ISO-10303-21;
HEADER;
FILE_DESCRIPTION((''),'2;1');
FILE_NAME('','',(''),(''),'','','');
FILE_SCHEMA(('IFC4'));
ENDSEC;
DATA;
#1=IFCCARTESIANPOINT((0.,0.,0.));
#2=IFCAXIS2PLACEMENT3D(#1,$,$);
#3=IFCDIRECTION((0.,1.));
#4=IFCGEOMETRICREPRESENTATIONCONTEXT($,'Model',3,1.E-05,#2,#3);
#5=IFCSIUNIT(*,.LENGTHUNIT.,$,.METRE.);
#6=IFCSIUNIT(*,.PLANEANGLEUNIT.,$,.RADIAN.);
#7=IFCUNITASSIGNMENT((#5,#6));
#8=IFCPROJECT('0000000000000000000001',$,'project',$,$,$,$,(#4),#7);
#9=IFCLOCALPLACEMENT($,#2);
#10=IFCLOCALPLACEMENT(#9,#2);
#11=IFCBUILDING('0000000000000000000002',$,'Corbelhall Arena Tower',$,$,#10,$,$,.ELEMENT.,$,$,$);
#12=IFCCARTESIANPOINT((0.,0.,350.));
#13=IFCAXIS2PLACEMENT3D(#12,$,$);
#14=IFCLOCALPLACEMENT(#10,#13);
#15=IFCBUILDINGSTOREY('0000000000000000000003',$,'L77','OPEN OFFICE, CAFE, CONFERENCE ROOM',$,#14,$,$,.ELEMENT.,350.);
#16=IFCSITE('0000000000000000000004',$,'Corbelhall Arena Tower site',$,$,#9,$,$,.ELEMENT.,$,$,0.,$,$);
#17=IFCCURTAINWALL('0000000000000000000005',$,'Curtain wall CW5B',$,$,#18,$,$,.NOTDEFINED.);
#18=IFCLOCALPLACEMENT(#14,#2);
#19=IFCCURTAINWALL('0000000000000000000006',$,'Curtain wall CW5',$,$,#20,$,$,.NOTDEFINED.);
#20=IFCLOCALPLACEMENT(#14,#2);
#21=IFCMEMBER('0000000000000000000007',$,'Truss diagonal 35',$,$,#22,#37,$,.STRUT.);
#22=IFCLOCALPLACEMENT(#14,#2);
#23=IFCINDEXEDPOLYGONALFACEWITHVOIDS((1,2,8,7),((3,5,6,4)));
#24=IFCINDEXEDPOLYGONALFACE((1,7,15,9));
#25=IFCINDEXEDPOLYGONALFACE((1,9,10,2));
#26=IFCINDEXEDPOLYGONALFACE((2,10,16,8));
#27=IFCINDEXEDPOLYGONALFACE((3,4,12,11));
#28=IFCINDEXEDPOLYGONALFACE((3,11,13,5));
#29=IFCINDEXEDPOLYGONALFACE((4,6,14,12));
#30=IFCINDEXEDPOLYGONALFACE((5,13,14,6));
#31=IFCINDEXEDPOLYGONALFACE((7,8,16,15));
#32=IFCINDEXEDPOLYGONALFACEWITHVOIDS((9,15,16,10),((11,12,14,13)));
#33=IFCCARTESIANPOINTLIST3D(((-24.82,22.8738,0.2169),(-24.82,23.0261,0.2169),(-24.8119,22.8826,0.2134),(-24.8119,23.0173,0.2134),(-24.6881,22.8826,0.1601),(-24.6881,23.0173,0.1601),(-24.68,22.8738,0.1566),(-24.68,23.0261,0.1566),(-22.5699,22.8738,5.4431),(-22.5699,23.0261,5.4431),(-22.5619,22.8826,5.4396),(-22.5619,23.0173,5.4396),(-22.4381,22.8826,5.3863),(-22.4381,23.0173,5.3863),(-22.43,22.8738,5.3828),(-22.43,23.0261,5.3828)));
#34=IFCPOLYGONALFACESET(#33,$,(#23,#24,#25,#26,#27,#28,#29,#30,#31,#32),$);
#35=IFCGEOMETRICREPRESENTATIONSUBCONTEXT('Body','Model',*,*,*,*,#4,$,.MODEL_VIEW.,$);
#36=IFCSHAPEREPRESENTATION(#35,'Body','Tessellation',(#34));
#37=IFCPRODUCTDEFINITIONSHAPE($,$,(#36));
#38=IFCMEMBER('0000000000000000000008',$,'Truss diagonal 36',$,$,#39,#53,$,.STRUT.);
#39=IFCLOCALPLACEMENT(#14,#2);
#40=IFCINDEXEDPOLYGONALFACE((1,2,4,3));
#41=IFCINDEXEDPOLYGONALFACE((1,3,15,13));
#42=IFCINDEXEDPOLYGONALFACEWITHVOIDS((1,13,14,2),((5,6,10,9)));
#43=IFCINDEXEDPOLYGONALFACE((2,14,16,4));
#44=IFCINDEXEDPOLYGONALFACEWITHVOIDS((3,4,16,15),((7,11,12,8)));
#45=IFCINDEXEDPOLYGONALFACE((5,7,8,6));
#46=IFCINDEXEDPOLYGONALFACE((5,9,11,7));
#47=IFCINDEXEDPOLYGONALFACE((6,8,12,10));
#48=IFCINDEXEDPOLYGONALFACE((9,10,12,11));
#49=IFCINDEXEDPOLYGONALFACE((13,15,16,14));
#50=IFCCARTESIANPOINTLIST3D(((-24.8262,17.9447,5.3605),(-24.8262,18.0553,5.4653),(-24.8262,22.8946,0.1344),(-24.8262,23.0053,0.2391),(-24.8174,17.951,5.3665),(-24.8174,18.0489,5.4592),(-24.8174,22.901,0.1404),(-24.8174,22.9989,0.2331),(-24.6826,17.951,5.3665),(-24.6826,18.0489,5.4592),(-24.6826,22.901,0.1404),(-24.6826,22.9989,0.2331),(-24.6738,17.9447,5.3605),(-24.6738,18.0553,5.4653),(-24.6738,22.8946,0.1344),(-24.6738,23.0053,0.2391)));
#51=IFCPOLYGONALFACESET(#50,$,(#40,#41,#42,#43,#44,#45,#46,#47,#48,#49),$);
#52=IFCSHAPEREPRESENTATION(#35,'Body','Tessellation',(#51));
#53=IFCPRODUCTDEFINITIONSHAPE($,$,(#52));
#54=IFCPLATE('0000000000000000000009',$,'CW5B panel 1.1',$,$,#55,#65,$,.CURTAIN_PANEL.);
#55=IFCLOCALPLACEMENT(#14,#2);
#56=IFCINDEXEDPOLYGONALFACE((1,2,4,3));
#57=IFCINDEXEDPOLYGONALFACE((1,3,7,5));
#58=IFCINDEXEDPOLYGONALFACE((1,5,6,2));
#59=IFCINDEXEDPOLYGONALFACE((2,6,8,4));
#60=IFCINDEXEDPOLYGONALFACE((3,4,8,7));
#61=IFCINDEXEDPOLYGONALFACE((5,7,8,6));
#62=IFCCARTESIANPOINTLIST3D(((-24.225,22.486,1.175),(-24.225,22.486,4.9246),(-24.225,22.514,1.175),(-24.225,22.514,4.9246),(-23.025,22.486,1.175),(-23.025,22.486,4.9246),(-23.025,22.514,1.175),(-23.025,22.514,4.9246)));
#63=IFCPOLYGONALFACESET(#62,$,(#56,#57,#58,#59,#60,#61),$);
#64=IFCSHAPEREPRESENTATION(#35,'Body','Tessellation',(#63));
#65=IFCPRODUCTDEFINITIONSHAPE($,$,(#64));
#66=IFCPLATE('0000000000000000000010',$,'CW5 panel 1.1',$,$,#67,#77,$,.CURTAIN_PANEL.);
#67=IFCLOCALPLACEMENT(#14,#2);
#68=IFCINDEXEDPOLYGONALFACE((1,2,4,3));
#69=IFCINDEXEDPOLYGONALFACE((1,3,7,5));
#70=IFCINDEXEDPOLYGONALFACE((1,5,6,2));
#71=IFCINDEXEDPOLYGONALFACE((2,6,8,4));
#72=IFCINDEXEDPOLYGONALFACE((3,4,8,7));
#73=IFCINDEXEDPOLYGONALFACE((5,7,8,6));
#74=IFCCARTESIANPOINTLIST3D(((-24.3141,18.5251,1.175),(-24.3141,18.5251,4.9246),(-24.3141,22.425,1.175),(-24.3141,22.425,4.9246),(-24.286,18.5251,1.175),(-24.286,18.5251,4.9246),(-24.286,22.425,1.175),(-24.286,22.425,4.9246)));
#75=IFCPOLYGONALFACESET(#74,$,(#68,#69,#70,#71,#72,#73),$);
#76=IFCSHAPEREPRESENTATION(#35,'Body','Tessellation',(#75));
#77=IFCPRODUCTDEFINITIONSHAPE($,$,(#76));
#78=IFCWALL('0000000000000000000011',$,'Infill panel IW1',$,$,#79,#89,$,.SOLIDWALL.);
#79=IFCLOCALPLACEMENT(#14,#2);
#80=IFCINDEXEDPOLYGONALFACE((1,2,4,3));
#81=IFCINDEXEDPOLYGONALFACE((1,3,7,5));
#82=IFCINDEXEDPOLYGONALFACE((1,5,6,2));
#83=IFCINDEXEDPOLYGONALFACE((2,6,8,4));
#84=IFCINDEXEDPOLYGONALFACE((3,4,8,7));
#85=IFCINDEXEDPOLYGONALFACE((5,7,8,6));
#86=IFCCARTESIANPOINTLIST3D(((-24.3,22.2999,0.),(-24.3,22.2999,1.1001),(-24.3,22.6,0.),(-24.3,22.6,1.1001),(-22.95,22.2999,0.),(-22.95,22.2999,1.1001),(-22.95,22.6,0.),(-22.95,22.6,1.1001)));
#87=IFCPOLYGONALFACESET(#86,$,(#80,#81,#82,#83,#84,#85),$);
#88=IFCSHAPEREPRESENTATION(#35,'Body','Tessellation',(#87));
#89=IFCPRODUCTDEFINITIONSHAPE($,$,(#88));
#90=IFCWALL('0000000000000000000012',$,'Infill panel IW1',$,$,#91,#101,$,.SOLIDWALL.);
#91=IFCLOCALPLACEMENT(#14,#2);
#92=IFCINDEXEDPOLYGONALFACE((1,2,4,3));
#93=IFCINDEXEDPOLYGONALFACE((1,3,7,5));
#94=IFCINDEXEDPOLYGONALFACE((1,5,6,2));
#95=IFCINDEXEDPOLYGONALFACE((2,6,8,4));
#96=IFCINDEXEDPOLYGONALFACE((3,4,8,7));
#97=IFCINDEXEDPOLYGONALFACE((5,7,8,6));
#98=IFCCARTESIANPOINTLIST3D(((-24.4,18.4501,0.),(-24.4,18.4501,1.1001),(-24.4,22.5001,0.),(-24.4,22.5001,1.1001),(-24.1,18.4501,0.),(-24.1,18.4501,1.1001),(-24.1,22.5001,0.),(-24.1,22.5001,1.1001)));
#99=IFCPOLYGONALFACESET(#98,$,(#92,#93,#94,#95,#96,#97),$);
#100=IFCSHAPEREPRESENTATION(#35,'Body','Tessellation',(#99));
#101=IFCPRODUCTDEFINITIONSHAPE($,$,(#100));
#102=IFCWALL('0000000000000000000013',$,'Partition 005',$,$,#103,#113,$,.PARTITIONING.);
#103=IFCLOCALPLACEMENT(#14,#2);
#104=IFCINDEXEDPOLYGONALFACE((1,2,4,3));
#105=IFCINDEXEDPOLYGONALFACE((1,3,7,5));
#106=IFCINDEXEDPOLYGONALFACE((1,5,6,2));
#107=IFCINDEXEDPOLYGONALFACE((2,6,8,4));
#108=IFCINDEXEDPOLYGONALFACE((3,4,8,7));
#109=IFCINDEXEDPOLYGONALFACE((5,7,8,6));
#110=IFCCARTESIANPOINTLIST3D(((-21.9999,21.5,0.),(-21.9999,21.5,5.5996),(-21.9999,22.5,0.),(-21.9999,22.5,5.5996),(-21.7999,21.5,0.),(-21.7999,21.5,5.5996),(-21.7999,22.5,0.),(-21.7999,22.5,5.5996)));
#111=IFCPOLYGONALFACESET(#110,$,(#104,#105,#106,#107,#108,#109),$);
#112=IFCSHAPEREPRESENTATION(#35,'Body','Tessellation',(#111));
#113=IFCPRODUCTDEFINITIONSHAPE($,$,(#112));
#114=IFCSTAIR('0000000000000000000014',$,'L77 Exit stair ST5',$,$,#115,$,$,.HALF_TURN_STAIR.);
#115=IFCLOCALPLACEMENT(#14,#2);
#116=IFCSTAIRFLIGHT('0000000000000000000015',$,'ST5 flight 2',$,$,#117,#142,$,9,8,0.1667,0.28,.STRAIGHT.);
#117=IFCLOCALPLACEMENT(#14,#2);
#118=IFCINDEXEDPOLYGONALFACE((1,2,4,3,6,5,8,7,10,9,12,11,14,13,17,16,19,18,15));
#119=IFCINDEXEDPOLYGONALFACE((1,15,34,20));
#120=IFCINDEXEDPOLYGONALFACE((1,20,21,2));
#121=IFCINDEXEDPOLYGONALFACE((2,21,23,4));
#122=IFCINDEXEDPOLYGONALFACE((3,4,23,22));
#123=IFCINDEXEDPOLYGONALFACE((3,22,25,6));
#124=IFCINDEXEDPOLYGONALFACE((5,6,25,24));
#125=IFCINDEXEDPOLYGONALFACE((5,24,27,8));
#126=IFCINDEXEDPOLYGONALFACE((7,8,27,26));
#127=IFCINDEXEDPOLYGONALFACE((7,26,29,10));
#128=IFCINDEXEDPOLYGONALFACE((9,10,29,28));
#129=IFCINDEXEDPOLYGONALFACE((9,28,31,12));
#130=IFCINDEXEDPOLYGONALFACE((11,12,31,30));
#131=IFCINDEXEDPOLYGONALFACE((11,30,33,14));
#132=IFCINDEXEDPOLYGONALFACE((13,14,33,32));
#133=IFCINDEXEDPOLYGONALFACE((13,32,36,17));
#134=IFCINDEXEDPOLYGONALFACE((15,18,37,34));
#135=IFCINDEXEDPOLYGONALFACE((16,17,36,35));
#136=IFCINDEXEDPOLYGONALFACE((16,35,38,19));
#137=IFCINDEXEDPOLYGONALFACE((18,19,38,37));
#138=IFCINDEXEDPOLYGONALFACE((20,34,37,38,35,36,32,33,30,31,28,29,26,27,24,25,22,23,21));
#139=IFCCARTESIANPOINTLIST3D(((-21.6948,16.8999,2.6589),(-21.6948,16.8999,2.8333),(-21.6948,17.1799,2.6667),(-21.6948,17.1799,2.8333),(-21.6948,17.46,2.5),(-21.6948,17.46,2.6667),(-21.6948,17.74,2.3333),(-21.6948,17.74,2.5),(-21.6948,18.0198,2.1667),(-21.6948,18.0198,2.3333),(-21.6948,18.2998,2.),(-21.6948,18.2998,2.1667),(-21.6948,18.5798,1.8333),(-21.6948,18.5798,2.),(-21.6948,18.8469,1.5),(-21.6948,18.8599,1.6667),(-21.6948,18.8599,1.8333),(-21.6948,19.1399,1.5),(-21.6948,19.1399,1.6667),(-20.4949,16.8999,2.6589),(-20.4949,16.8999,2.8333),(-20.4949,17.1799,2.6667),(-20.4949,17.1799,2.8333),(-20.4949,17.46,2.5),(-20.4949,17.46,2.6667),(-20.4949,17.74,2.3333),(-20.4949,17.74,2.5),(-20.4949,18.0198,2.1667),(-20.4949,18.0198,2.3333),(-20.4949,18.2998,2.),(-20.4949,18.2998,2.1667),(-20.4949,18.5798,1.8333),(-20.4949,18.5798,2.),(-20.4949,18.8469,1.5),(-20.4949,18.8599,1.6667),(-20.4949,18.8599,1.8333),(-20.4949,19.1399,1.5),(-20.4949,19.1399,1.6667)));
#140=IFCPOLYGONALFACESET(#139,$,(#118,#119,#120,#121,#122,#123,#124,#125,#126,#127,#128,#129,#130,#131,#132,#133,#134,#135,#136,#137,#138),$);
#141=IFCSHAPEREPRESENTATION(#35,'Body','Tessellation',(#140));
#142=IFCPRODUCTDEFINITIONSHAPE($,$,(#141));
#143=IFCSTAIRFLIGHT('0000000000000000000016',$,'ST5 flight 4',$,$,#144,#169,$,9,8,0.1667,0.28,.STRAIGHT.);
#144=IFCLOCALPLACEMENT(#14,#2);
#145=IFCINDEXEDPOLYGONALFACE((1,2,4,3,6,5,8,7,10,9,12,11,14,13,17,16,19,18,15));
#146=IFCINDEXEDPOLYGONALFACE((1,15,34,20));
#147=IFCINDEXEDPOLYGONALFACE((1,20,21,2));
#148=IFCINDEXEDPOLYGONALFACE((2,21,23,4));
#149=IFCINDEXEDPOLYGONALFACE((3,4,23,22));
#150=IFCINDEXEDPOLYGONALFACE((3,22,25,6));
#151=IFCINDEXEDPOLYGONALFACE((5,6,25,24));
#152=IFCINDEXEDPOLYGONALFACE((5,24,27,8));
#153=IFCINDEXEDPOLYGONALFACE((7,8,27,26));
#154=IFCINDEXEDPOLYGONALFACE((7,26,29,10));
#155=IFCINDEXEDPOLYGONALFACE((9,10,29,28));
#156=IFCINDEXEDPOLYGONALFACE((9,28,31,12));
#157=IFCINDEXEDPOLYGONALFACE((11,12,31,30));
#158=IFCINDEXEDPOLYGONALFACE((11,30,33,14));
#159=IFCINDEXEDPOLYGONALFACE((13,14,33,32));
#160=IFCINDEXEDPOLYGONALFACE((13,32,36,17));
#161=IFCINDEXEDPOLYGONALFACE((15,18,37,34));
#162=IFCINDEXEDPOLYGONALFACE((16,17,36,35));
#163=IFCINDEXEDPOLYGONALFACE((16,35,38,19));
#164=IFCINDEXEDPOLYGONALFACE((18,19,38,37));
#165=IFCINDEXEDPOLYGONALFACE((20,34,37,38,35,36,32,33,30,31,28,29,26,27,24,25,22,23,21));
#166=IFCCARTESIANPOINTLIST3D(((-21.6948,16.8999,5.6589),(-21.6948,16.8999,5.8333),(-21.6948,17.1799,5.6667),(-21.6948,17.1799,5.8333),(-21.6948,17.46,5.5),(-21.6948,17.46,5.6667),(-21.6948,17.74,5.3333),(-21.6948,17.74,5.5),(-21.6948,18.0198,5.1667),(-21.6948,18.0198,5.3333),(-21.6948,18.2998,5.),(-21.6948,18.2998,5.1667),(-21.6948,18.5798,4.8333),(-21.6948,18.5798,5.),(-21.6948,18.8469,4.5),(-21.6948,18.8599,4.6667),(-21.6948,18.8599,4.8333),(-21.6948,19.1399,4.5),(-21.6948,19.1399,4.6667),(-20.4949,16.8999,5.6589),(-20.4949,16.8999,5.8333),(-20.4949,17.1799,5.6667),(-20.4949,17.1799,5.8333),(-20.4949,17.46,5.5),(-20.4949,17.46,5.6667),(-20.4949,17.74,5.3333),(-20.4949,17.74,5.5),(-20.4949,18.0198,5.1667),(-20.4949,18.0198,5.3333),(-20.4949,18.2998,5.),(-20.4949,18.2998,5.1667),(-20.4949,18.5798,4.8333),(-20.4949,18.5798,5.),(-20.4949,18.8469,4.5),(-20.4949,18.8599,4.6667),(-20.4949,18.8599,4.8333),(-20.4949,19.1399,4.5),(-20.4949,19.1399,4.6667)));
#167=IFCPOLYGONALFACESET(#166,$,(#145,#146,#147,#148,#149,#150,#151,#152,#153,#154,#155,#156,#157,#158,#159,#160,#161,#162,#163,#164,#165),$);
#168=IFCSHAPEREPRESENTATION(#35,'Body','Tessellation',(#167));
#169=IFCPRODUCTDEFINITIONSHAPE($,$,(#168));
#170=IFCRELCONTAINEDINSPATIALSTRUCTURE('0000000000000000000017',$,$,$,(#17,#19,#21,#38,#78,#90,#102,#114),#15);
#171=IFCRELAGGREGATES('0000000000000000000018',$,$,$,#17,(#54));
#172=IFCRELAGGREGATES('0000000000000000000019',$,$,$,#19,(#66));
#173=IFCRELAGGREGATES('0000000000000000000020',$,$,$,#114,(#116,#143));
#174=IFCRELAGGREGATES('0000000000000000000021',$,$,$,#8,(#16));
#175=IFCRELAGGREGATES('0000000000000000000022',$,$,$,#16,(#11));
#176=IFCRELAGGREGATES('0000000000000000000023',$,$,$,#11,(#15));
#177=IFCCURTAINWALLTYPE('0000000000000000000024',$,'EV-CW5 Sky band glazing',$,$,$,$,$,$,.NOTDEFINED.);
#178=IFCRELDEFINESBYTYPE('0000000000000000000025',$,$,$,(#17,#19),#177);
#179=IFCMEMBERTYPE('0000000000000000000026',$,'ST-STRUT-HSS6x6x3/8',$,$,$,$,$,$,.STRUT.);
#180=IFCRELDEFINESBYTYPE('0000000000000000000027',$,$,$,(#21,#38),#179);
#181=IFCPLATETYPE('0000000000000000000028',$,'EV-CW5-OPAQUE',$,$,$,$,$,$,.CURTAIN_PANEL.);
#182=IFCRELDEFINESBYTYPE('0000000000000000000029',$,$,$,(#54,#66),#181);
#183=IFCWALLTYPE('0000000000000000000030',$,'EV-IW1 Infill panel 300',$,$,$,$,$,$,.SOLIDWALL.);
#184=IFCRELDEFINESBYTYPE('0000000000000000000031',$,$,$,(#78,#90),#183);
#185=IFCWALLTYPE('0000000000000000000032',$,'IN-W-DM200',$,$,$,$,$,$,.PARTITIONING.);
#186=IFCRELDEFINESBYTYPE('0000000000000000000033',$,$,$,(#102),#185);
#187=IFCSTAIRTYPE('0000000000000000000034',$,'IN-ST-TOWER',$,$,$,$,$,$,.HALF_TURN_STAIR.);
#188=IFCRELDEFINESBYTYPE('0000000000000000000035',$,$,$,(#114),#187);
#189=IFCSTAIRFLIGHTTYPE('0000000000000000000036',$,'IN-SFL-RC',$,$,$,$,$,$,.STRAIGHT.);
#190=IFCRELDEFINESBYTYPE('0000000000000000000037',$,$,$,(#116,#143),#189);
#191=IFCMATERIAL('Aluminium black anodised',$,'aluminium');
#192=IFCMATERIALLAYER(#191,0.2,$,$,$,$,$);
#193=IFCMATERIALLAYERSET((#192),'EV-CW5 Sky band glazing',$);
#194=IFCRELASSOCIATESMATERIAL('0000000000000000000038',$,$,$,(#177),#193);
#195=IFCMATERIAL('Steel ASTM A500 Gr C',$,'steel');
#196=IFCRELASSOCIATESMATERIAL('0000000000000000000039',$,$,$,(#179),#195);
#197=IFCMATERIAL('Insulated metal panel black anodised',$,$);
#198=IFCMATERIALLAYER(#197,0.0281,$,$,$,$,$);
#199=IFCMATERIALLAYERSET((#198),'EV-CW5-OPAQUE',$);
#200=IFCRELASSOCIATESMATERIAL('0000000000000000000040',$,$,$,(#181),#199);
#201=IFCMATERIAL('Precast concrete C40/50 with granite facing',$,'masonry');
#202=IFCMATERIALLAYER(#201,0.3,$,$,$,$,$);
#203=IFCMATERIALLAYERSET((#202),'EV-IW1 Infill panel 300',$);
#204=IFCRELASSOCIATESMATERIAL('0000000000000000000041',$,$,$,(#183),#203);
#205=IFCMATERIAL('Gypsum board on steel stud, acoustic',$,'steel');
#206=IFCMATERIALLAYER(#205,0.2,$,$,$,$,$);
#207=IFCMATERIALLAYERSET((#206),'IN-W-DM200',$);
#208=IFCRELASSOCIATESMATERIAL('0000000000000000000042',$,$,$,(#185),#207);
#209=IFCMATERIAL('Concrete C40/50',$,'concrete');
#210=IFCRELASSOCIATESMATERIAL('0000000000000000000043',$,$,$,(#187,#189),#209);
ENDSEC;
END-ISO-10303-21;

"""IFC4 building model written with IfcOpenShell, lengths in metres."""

from ifc_helpers import new_model, si_unit, direction, frame, frame_2d, origin, origin_2d, place, context, subcontext, project, spatial, polyline, rectangle, hollow_rectangle, outline, extrude, material, layer, layer_set, material_profile, profile_set, type_object, element, aggregate, save


model = new_model("IFC4")

# Units and contexts
model_context = context("Model", 3, precision=1e-05, world=origin(), true_north=direction((0.0, 1.0)))
body_context = subcontext(model_context, "Body", "Model", "MODEL_VIEW")
ifc_project = project(units=[si_unit("LENGTHUNIT", "METRE"), si_unit("PLANEANGLEUNIT", "RADIAN")], contexts=[model_context])

# Site, building, storey
site_placement = place(None, origin())
site = spatial("IfcSite", under=ifc_project, at=site_placement, Name="Corbelhall Arena Tower site", CompositionType="ELEMENT", RefElevation=0.0)
building_placement = place(site_placement, origin())
building = spatial("IfcBuilding", under=site, at=building_placement, Name="Corbelhall Arena Tower", CompositionType="ELEMENT")
storey_placement = place(building_placement, frame((0.0, 0.0, 350.0)))
storey = spatial("IfcBuildingStorey", under=building, at=storey_placement, Name="L77", Description="OPEN OFFICE, CAFE, CONFERENCE ROOM", CompositionType="ELEMENT", Elevation=350.0)

# Curtain wall
ifc_material_1 = material(Name="Aluminium black anodised", Category="aluminium")
ifc_layer_1 = layer(ifc_material_1, 0.2)
ifc_layer_set_1 = layer_set([ifc_layer_1], Name="EV-CW5 Sky band glazing")
curtain_wall_type = type_object("IfcCurtainWallType", Name="EV-CW5 Sky band glazing", PredefinedType="NOTDEFINED", material=ifc_layer_set_1)
curtain_wall_1_placement = place(storey_placement, origin())
curtain_wall_1 = element("IfcCurtainWall", 1, at=curtain_wall_1_placement, inside=storey, type_object=curtain_wall_type, Name="Curtain wall CW5B", PredefinedType="NOTDEFINED")

# Curtain wall
curtain_wall_2_placement = place(storey_placement, origin())
curtain_wall_2 = element("IfcCurtainWall", 2, at=curtain_wall_2_placement, inside=storey, type_object=curtain_wall_type, Name="Curtain wall CW5", PredefinedType="NOTDEFINED")

# Members
ifc_material_2 = material(Name="Steel ASTM A500 Gr C", Category="steel")
ifc_material_profile_1 = material_profile(ifc_material_2, hollow_rectangle(XDim=0.1523, YDim=0.1523, WallThickness=0.0088, at=origin_2d()))
ifc_profile_set_1 = profile_set([ifc_material_profile_1], Name="Steel ASTM A500 Gr C")
member_type_1 = type_object("IfcMemberType", Name="ST-STRUT-HSS6x6x3/8", PredefinedType="STRUT", material=ifc_profile_set_1)
member_1_placement = place(storey_placement, frame((-24.75, 22.95, 0.1868), z_axis=(0.395441, 0.0, 0.918491), x_axis=(0.0, 1.0, 0.0)))
element("IfcMember", 3, at=member_1_placement, inside=storey, type_object=member_type_1, Name="Truss diagonal 35", PredefinedType="STRUT", context=body_context, shape_type="SweptSolid", body=[
    extrude(hollow_rectangle(XDim=0.1523, YDim=0.1523, WallThickness=0.0088, at=origin_2d()), origin(), (0.0, 0.0, 1.0), 5.6899),
])
member_2_placement = place(storey_placement, frame((-24.75, 22.95, 0.1868), z_axis=(0.0, -0.687667, 0.726027), x_axis=(1.0, 0.0, 0.0)))
element("IfcMember", 4, at=member_2_placement, inside=storey, type_object=member_type_1, Name="Truss diagonal 36", PredefinedType="STRUT", context=body_context, shape_type="SweptSolid", body=[
    extrude(hollow_rectangle(XDim=0.1523, YDim=0.1523, WallThickness=0.0088, at=origin_2d()), origin(), (0.0, 0.0, 1.0), 7.1982),
])

# Plates
ifc_material_3 = material(Name="Insulated metal panel black anodised")
ifc_layer_2 = layer(ifc_material_3, 0.0281)
ifc_layer_set_2 = layer_set([ifc_layer_2], Name="EV-CW5-OPAQUE")
plate_type = type_object("IfcPlateType", Name="EV-CW5-OPAQUE", PredefinedType="CURTAIN_PANEL", material=ifc_layer_set_2)
plate_1_placement = place(storey_placement, frame((-23.625, 22.5, 1.175), z_axis=(0.0, 0.0, 1.0), x_axis=(-1.0, 0.0, 0.0)))
plate_1 = element("IfcPlate", 5, at=plate_1_placement, type_object=plate_type, Name="CW5B panel 1.1", PredefinedType="CURTAIN_PANEL", context=body_context, shape_type="SweptSolid", body=[
    extrude(rectangle(XDim=1.2, YDim=0.0281, at=origin_2d()), origin(), (0.0, 0.0, 1.0), 3.7495),
])
aggregate(curtain_wall_1, [plate_1])
plate_2_placement = place(storey_placement, frame((-24.3, 20.4751, 1.175), z_axis=(0.0, 0.0, 1.0), x_axis=(0.0, -1.0, 0.0)))
plate_2 = element("IfcPlate", 6, at=plate_2_placement, type_object=plate_type, Name="CW5 panel 1.1", PredefinedType="CURTAIN_PANEL", context=body_context, shape_type="SweptSolid", body=[
    extrude(rectangle(XDim=3.8999, YDim=0.0281, at=origin_2d()), origin(), (0.0, 0.0, 1.0), 3.7495),
])
aggregate(curtain_wall_2, [plate_2])

# Walls
ifc_material_4 = material(Name="Precast concrete C40/50 with granite facing", Category="masonry")
ifc_layer_3 = layer(ifc_material_4, 0.3)
ifc_layer_set_3 = layer_set([ifc_layer_3], Name="EV-IW1 Infill panel 300")
wall_type_1 = type_object("IfcWallType", Name="EV-IW1 Infill panel 300", PredefinedType="SOLIDWALL", material=ifc_layer_set_3)
wall_1_placement = place(storey_placement, frame((-22.95, 22.45, 0.0), z_axis=(0.0, 0.0, 1.0), x_axis=(-1.0, 0.0, 0.0)))
element("IfcWall", 7, at=wall_1_placement, inside=storey, type_object=wall_type_1, Name="Infill panel IW1", PredefinedType="SOLIDWALL", context=body_context, shape_type="SweptSolid", body=[
    extrude(rectangle(XDim=1.3501, YDim=0.3, at=frame_2d((0.675, 0.0))), origin(), (0.0, 0.0, 1.0), 1.1001),
])
wall_2_placement = place(storey_placement, frame((-24.25, 22.5, 0.0), z_axis=(0.0, 0.0, 1.0), x_axis=(0.0, -1.0, 0.0)))
element("IfcWall", 8, at=wall_2_placement, inside=storey, type_object=wall_type_1, Name="Infill panel IW1", PredefinedType="SOLIDWALL", context=body_context, shape_type="SweptSolid", body=[
    extrude(rectangle(XDim=4.05, YDim=0.3, at=frame_2d((2.0249, 0.0))), origin(), (0.0, 0.0, 1.0), 1.1001),
])
ifc_material_5 = material(Name="Gypsum board on steel stud, acoustic", Category="steel")
ifc_layer_4 = layer(ifc_material_5, 0.2)
ifc_layer_set_4 = layer_set([ifc_layer_4], Name="IN-W-DM200")
wall_type_2 = type_object("IfcWallType", Name="IN-W-DM200", PredefinedType="PARTITIONING", material=ifc_layer_set_4)
wall_3_placement = place(storey_placement, frame((-21.8999, 21.5, 0.0), z_axis=(0.0, 0.0, 1.0), x_axis=(0.0, 1.0, 0.0)))
element("IfcWall", 9, at=wall_3_placement, inside=storey, type_object=wall_type_2, Name="Partition 005", PredefinedType="PARTITIONING", context=body_context, shape_type="SweptSolid", body=[
    extrude(rectangle(XDim=1.0, YDim=0.2, at=frame_2d((0.5, 0.0))), origin(), (0.0, 0.0, 1.0), 5.5996),
])

# Shared definitions
ifc_material_6 = material(Name="Concrete C40/50", Category="concrete")

# Stair, stair flights
stair_type = type_object("IfcStairType", Name="IN-ST-TOWER", PredefinedType="HALF_TURN_STAIR", material=ifc_material_6)
stair_placement = place(storey_placement, origin())
stair = element("IfcStair", 10, at=stair_placement, inside=storey, type_object=stair_type, Name="L77 Exit stair ST5", PredefinedType="HALF_TURN_STAIR")
stair_flight_type = type_object("IfcStairFlightType", Name="IN-SFL-RC", PredefinedType="STRAIGHT", material=ifc_material_6)
stair_flight_1_placement = place(storey_placement, frame((-21.095, 19.1399, 1.5), z_axis=(0.0, 0.0, 1.0), x_axis=(0.0, -1.0, 0.0)))
stair_flight_1 = element("IfcStairFlight", 11, at=stair_flight_1_placement, type_object=stair_flight_type, Name="ST5 flight 2", NumberOfRisers=9, NumberOfTreads=8, PredefinedType="STRAIGHT", RiserHeight=0.1667, TreadLength=0.28, context=body_context, shape_type="SweptSolid", body=[
    extrude(outline(polyline([(0.0, 0.0), (0.0, 0.1667), (0.28, 0.1667), (0.28, 0.3333), (0.5601, 0.3333), (0.5601, 0.5), (0.8401, 0.5), (0.8401, 0.6667), (1.1201, 0.6667), (1.1201, 0.8333), (1.3999, 0.8333), (1.3999, 1.0), (1.6799, 1.0), (1.6799, 1.1667), (1.96, 1.1667), (1.96, 1.3333), (2.24, 1.3333), (2.24, 1.5), (2.24, 1.1589), (0.293, 0.0), (0.0, 0.0)])), frame((0.0, 0.6001, 0.0), z_axis=(0.0, -1.0, 0.0), x_axis=(1.0, 0.0, 0.0)), (0.0, 0.0, 1.0), 1.2),
])
stair_flight_2_placement = place(storey_placement, frame((-21.095, 19.1399, 4.5), z_axis=(0.0, 0.0, 1.0), x_axis=(0.0, -1.0, 0.0)))
stair_flight_2 = element("IfcStairFlight", 12, at=stair_flight_2_placement, type_object=stair_flight_type, Name="ST5 flight 4", NumberOfRisers=9, NumberOfTreads=8, PredefinedType="STRAIGHT", RiserHeight=0.1667, TreadLength=0.28, context=body_context, shape_type="SweptSolid", body=[
    extrude(outline(polyline([(0.0, 0.0), (0.0, 0.1667), (0.28, 0.1667), (0.28, 0.3333), (0.5601, 0.3333), (0.5601, 0.5), (0.8401, 0.5), (0.8401, 0.6667), (1.1201, 0.6667), (1.1201, 0.8333), (1.3999, 0.8333), (1.3999, 1.0), (1.6799, 1.0), (1.6799, 1.1667), (1.96, 1.1667), (1.96, 1.3333), (2.24, 1.3333), (2.24, 1.5), (2.24, 1.1589), (0.293, 0.0), (0.0, 0.0)])), frame((0.0, 0.6001, 0.0), z_axis=(0.0, -1.0, 0.0), x_axis=(1.0, 0.0, 0.0)), (0.0, 0.0, 1.0), 1.2),
])
aggregate(stair, [stair_flight_1, stair_flight_2])

save(model, "model.ifc")
